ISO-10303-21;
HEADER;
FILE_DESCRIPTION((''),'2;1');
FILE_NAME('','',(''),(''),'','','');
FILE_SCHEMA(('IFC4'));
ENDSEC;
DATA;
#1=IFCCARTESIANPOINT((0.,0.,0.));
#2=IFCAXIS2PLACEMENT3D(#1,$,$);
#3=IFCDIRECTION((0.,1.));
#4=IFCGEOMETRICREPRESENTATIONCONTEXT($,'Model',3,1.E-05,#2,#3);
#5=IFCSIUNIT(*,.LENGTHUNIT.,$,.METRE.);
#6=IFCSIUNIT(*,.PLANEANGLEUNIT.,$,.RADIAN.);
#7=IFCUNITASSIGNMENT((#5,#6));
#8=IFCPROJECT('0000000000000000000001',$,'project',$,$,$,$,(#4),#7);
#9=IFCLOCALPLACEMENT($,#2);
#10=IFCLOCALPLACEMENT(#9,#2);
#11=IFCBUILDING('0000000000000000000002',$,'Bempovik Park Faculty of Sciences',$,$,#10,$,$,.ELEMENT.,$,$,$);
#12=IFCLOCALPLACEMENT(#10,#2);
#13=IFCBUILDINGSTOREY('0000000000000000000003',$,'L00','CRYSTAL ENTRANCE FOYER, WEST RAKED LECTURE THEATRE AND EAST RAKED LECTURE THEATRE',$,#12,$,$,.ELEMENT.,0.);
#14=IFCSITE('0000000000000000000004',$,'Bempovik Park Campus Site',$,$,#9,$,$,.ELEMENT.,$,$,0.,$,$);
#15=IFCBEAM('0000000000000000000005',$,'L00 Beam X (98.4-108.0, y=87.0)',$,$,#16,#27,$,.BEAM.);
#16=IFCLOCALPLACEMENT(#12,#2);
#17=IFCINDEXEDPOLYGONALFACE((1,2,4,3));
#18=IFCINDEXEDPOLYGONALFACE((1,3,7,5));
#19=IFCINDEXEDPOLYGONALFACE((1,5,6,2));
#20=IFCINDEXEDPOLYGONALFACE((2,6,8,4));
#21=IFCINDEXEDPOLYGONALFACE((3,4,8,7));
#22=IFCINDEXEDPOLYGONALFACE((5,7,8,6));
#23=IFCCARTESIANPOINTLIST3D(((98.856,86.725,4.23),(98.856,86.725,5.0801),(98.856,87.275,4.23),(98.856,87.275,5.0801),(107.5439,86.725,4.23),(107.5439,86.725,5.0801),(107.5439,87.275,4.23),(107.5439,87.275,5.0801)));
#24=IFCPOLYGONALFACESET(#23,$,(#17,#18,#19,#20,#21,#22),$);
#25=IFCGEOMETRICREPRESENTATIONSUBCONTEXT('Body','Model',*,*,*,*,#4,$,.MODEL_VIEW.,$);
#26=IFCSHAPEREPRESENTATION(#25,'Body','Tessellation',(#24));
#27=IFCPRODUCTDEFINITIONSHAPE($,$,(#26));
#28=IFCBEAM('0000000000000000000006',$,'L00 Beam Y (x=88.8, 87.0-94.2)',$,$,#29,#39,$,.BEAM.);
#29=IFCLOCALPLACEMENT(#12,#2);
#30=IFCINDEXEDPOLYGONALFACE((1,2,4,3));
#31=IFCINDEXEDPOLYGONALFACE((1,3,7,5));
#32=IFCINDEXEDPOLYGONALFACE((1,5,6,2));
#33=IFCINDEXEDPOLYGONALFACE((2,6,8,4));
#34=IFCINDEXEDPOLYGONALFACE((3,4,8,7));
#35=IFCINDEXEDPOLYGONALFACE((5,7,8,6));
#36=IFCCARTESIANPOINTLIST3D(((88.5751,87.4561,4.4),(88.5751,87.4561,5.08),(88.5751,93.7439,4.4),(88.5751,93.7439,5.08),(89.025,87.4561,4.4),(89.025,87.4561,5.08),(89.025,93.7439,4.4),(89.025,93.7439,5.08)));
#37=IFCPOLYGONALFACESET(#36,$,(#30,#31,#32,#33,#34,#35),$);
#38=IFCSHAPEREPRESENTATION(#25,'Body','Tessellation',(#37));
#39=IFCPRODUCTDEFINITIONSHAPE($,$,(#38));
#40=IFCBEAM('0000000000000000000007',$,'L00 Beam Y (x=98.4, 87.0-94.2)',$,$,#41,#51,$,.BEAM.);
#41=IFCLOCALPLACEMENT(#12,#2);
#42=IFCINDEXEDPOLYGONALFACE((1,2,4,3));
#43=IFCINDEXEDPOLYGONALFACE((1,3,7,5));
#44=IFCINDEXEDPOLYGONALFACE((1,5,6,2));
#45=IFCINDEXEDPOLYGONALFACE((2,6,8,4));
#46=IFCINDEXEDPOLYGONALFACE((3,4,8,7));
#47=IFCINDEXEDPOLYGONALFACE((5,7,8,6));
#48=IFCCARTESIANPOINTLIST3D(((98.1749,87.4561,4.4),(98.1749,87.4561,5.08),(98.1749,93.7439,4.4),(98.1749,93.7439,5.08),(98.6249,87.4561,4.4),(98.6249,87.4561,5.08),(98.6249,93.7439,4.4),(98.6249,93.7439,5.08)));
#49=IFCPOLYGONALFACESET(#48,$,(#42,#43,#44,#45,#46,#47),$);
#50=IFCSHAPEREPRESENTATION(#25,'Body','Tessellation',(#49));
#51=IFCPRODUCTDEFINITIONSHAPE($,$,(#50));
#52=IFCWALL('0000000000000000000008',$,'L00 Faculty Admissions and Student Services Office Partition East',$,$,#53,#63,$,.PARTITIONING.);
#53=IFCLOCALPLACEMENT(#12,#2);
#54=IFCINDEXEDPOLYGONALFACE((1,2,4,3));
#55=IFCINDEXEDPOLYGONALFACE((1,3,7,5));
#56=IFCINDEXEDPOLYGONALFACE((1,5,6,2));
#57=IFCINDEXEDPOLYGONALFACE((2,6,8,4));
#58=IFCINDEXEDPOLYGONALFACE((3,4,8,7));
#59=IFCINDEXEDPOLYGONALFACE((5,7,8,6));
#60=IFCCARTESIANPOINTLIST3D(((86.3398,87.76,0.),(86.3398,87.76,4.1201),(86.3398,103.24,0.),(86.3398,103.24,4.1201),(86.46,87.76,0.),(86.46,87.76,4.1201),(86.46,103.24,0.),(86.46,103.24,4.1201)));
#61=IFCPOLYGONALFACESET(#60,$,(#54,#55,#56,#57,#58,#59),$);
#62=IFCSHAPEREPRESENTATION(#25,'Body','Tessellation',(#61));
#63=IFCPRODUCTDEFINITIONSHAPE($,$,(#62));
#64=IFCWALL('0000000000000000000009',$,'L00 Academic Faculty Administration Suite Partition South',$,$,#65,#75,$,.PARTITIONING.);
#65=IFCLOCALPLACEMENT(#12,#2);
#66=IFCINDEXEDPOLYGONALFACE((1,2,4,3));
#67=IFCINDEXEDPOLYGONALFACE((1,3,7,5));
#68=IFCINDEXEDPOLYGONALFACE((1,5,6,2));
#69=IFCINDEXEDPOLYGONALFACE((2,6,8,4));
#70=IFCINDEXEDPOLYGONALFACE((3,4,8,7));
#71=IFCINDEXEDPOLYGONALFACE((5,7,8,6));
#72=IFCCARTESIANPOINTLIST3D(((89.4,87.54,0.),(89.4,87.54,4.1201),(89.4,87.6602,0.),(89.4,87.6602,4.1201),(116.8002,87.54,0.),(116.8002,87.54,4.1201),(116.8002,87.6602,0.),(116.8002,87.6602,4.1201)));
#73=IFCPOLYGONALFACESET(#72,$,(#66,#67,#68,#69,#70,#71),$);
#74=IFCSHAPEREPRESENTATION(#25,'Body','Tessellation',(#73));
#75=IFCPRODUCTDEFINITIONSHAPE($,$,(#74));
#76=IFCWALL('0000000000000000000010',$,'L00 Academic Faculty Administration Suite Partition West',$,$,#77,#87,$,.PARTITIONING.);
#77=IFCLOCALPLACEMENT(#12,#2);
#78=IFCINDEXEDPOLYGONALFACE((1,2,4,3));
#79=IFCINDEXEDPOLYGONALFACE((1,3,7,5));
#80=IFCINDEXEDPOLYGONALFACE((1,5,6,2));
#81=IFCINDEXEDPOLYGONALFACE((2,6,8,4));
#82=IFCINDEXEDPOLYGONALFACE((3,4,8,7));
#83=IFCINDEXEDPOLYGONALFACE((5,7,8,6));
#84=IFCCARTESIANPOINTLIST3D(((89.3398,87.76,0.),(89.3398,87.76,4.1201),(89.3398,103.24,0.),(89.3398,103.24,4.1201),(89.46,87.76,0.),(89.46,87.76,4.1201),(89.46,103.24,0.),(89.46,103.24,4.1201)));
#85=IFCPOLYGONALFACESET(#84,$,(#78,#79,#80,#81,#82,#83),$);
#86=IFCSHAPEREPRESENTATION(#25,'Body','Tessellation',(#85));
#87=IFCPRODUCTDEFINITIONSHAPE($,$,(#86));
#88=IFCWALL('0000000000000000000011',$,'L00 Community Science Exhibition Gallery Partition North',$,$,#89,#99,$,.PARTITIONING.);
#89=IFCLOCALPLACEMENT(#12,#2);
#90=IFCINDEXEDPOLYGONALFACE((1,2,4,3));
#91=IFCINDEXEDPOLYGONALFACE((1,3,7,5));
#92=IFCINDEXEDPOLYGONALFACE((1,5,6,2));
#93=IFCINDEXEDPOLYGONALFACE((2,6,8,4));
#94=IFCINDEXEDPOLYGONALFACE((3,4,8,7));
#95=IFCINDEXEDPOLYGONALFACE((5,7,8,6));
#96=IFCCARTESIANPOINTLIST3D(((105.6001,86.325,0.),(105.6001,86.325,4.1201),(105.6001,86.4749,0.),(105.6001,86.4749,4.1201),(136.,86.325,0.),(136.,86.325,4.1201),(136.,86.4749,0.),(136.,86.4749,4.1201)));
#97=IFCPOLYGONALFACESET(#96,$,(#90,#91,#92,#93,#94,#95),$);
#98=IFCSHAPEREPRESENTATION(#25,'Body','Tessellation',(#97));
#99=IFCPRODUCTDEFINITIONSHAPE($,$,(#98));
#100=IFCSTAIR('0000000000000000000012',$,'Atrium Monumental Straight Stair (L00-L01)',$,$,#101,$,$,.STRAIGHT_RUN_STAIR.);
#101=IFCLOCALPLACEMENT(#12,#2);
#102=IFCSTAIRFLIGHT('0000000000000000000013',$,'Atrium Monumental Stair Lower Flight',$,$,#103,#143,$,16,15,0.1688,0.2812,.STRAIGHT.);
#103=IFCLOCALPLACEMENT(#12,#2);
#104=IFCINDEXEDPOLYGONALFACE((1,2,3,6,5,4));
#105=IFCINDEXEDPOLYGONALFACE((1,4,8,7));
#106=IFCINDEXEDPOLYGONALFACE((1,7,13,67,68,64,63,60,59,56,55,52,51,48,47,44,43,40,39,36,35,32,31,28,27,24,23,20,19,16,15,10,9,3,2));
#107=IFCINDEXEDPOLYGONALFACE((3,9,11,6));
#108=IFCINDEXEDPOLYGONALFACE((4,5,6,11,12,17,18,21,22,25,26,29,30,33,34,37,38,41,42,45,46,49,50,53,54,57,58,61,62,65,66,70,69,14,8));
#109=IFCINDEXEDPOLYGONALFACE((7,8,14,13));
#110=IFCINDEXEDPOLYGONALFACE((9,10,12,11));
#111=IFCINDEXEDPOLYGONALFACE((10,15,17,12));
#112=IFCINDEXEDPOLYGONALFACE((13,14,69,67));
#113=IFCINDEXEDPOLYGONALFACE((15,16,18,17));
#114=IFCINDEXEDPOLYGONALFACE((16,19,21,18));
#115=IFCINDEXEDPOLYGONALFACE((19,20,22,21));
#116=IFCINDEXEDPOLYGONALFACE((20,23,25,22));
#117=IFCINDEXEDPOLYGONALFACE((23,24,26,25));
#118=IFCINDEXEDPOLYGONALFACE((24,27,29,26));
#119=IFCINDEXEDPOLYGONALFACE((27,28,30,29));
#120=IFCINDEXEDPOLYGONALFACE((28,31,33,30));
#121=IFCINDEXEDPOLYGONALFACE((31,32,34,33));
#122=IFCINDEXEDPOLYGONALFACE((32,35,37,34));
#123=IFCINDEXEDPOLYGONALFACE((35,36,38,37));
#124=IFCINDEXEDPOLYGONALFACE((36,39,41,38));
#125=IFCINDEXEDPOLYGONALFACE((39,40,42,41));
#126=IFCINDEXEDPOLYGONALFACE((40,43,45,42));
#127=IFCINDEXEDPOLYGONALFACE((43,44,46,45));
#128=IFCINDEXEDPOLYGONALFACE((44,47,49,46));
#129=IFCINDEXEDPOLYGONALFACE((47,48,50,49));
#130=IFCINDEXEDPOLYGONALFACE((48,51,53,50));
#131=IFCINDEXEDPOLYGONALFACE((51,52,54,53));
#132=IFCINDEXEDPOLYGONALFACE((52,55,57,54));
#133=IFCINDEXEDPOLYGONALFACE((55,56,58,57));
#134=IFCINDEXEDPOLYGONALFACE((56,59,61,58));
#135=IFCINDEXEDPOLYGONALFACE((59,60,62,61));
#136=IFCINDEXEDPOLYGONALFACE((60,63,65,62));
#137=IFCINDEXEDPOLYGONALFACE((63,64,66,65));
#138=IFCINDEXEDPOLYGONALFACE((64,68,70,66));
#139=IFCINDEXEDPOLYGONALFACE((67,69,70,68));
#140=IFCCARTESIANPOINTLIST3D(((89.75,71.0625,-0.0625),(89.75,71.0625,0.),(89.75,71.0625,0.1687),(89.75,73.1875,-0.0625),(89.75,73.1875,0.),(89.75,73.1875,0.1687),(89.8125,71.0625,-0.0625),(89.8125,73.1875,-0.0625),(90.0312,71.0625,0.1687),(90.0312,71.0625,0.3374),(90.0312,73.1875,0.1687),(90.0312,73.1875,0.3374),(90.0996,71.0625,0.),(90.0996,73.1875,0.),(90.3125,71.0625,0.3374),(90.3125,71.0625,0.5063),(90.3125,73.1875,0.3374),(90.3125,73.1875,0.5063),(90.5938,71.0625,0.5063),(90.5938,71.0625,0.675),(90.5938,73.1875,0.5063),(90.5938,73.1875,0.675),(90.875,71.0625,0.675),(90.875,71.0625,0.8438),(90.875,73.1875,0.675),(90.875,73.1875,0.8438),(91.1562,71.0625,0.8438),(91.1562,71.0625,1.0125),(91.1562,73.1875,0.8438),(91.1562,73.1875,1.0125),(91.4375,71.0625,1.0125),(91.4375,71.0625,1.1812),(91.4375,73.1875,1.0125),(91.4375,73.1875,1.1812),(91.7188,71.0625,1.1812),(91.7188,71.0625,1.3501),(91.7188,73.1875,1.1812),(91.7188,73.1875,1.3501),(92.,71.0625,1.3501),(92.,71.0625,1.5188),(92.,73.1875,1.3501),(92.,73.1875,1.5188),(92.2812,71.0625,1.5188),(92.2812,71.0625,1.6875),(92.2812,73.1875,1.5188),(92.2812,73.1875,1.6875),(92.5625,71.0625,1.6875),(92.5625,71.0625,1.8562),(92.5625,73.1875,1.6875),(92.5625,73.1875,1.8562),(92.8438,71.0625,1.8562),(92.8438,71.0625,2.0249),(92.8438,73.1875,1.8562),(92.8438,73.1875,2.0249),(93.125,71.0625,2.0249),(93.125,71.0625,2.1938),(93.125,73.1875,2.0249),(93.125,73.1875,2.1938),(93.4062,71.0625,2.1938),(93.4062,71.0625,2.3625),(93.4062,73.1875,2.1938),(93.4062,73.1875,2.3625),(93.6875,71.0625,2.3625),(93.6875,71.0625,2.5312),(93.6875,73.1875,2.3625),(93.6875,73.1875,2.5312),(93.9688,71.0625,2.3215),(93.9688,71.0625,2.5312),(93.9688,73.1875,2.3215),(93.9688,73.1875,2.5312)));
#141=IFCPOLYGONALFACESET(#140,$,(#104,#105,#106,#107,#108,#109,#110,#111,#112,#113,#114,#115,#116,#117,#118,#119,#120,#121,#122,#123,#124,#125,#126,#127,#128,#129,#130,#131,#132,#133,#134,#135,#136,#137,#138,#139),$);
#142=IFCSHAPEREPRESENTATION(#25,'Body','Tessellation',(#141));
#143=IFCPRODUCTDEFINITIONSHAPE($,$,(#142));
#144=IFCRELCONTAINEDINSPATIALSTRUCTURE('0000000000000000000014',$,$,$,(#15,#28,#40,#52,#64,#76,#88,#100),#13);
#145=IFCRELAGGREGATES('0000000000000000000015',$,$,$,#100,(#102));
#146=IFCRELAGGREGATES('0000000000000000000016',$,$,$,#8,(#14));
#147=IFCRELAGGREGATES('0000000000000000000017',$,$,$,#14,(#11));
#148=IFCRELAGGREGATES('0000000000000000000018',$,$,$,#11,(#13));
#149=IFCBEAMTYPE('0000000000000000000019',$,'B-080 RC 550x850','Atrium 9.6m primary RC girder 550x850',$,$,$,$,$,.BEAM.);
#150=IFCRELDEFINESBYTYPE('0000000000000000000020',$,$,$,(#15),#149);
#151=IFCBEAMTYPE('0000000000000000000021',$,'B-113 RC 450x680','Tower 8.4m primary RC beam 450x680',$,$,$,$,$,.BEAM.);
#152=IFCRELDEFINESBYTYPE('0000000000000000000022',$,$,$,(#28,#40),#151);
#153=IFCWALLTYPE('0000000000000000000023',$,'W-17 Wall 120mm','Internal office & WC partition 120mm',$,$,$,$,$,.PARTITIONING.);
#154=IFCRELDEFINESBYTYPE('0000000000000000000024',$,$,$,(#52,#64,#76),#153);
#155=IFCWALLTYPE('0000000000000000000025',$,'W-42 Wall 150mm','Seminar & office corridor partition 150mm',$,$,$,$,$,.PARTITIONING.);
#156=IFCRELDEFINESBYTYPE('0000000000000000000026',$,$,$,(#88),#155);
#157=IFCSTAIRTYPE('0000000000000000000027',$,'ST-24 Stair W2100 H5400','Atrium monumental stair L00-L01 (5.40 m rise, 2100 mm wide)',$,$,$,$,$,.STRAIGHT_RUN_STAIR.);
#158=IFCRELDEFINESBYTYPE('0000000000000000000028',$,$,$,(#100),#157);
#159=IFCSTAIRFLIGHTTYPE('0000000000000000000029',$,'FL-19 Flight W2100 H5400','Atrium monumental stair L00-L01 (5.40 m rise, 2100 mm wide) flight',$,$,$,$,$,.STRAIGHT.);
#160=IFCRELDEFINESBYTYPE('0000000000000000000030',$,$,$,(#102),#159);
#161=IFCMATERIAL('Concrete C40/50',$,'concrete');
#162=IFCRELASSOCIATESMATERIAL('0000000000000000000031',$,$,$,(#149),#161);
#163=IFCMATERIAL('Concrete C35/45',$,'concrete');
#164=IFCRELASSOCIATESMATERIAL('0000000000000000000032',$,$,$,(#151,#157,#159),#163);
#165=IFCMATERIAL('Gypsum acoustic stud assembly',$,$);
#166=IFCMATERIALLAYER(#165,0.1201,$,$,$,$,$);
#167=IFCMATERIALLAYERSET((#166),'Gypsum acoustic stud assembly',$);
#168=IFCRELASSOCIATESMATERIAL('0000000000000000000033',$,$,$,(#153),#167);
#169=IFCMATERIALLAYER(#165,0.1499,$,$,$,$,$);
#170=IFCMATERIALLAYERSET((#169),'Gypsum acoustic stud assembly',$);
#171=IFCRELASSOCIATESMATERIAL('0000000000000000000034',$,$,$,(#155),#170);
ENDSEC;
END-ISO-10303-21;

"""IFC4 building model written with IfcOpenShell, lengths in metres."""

from ifc_helpers import new_model, si_unit, direction, frame, frame_2d, origin, origin_2d, place, context, subcontext, project, spatial, polyline, rectangle, outline, extrude, material, layer, layer_set, material_profile, profile_set, type_object, element, aggregate, save


model = new_model("IFC4")

# Units and contexts
model_context = context("Model", 3, precision=1e-05, world=origin(), true_north=direction((0.0, 1.0)))
body_context = subcontext(model_context, "Body", "Model", "MODEL_VIEW")
ifc_project = project(units=[si_unit("LENGTHUNIT", "METRE"), si_unit("PLANEANGLEUNIT", "RADIAN")], contexts=[model_context])

# Site, building, storey
site_placement = place(None, origin())
site = spatial("IfcSite", under=ifc_project, at=site_placement, Name="Bempovik Park Campus Site", CompositionType="ELEMENT", RefElevation=0.0)
building_placement = place(site_placement, origin())
building = spatial("IfcBuilding", under=site, at=building_placement, Name="Bempovik Park Faculty of Sciences", CompositionType="ELEMENT")
storey_placement = place(building_placement, origin())
storey = spatial("IfcBuildingStorey", under=building, at=storey_placement, Name="L00", Description="CRYSTAL ENTRANCE FOYER, WEST RAKED LECTURE THEATRE AND EAST RAKED LECTURE THEATRE", CompositionType="ELEMENT", Elevation=0.0)

# Shared definitions
ifc_material_1 = material(Name="Concrete C35/45", Category="concrete")

# Shared definitions
ifc_material_2 = material(Name="Concrete C40/50", Category="concrete")

# Beams
ifc_material_profile_1 = material_profile(ifc_material_2, rectangle(XDim=0.55, YDim=0.8501, at=origin_2d()), Name="RC 550x850")
ifc_profile_set_1 = profile_set([ifc_material_profile_1], Name="Concrete C40/50")
beam_type_1 = type_object("IfcBeamType", Name="B-080 RC 550x850", Description="Atrium 9.6m primary RC girder 550x850", PredefinedType="BEAM", material=ifc_profile_set_1)
for number, where, z_axis, x_axis, name in (
    (1, (98.856, 87.0, 4.655), (1.0, 0.0, 0.0), (0.0, 1.0, 0.0), "L00 Beam X (98.4-108.0, y=87.0)"),
):
    element("IfcBeam", number, at=place(storey_placement, frame(where, z_axis=z_axis, x_axis=x_axis)), inside=storey, type_object=beam_type_1, Name=name, PredefinedType="BEAM", context=body_context, shape_type="SweptSolid", body=[
        extrude(rectangle(XDim=0.55, YDim=0.8501, at=origin_2d()), origin(), (0.0, 0.0, 1.0), 8.688),
    ])
ifc_material_profile_2 = material_profile(ifc_material_1, rectangle(XDim=0.45, YDim=0.6799, at=origin_2d()), Name="RC 450x680")
ifc_profile_set_2 = profile_set([ifc_material_profile_2], Name="Concrete C35/45")
beam_type_2 = type_object("IfcBeamType", Name="B-113 RC 450x680", Description="Tower 8.4m primary RC beam 450x680", PredefinedType="BEAM", material=ifc_profile_set_2)
for number, where, z_axis, x_axis, name in (
    (2, (88.8, 87.4561, 4.74), (0.0, 1.0, 0.0), (-1.0, 0.0, 0.0), "L00 Beam Y (x=88.8, 87.0-94.2)"),
    (3, (98.3999, 87.4561, 4.74), (0.0, 1.0, 0.0), (-1.0, 0.0, 0.0), "L00 Beam Y (x=98.4, 87.0-94.2)"),
):
    element("IfcBeam", number, at=place(storey_placement, frame(where, z_axis=z_axis, x_axis=x_axis)), inside=storey, type_object=beam_type_2, Name=name, PredefinedType="BEAM", context=body_context, shape_type="SweptSolid", body=[
        extrude(rectangle(XDim=0.45, YDim=0.6799, at=origin_2d()), origin(), (0.0, 0.0, 1.0), 6.2878),
    ])

# Walls
ifc_material_3 = material(Name="Gypsum acoustic stud assembly")
ifc_layer_1 = layer(ifc_material_3, 0.1201)
ifc_layer_set_1 = layer_set([ifc_layer_1], Name="Gypsum acoustic stud assembly")
wall_type_1 = type_object("IfcWallType", Name="W-17 Wall 120mm", Description="Internal office & WC partition 120mm", PredefinedType="PARTITIONING", material=ifc_layer_set_1)
wall_1_placement = place(storey_placement, frame((86.3999, 87.76, 0.0), z_axis=(0.0, 0.0, 1.0), x_axis=(0.0, 1.0, 0.0)))
element("IfcWall", 4, at=wall_1_placement, inside=storey, type_object=wall_type_1, Name="L00 Faculty Admissions and Student Services Office Partition East", PredefinedType="PARTITIONING", context=body_context, shape_type="SweptSolid", body=[
    extrude(rectangle(XDim=15.48, YDim=0.1201, at=frame_2d((7.74, 0.0))), origin(), (0.0, 0.0, 1.0), 4.1201),
])
wall_2_placement = place(storey_placement, frame((89.3999, 87.6001, 0.0), z_axis=(0.0, 0.0, 1.0), x_axis=(1.0, 0.0, 0.0)))
element("IfcWall", 5, at=wall_2_placement, inside=storey, type_object=wall_type_1, Name="L00 Academic Faculty Administration Suite Partition South", PredefinedType="PARTITIONING", context=body_context, shape_type="SweptSolid", body=[
    extrude(rectangle(XDim=27.4001, YDim=0.1201, at=frame_2d((13.7002, 0.0))), origin(), (0.0, 0.0, 1.0), 4.1201),
])
wall_3_placement = place(storey_placement, frame((89.3999, 87.76, 0.0), z_axis=(0.0, 0.0, 1.0), x_axis=(0.0, 1.0, 0.0)))
element("IfcWall", 6, at=wall_3_placement, inside=storey, type_object=wall_type_1, Name="L00 Academic Faculty Administration Suite Partition West", PredefinedType="PARTITIONING", context=body_context, shape_type="SweptSolid", body=[
    extrude(rectangle(XDim=15.48, YDim=0.1201, at=frame_2d((7.74, 0.0))), origin(), (0.0, 0.0, 1.0), 4.1201),
])
ifc_layer_2 = layer(ifc_material_3, 0.1499)
ifc_layer_set_2 = layer_set([ifc_layer_2], Name="Gypsum acoustic stud assembly")
wall_type_2 = type_object("IfcWallType", Name="W-42 Wall 150mm", Description="Seminar & office corridor partition 150mm", PredefinedType="PARTITIONING", material=ifc_layer_set_2)
wall_4_placement = place(storey_placement, frame((105.6001, 86.3999, 0.0), z_axis=(0.0, 0.0, 1.0), x_axis=(1.0, 0.0, 0.0)))
element("IfcWall", 7, at=wall_4_placement, inside=storey, type_object=wall_type_2, Name="L00 Community Science Exhibition Gallery Partition North", PredefinedType="PARTITIONING", context=body_context, shape_type="SweptSolid", body=[
    extrude(rectangle(XDim=30.3999, YDim=0.1499, at=frame_2d((15.2, 0.0))), origin(), (0.0, 0.0, 1.0), 4.1201),
])

# Stair, stair flight
stair_type = type_object("IfcStairType", Name="ST-24 Stair W2100 H5400", Description="Atrium monumental stair L00-L01 (5.40 m rise, 2100 mm wide)", PredefinedType="STRAIGHT_RUN_STAIR", material=ifc_material_1)
stair_placement = place(storey_placement, origin())
stair = element("IfcStair", 8, at=stair_placement, inside=storey, type_object=stair_type, Name="Atrium Monumental Straight Stair (L00-L01)", PredefinedType="STRAIGHT_RUN_STAIR")
stair_flight_type = type_object("IfcStairFlightType", Name="FL-19 Flight W2100 H5400", Description="Atrium monumental stair L00-L01 (5.40 m rise, 2100 mm wide) flight", PredefinedType="STRAIGHT", material=ifc_material_1)
stair_flight_1_placement = place(storey_placement, frame((89.75, 72.125, 0.0), z_axis=(0.0, 0.0, 1.0), x_axis=(1.0, 0.0, 0.0)))
stair_flight_1 = element("IfcStairFlight", 9, at=stair_flight_1_placement, type_object=stair_flight_type, Name="Atrium Monumental Stair Lower Flight", NumberOfRisers=16, NumberOfTreads=15, PredefinedType="STRAIGHT", RiserHeight=0.1688, TreadLength=0.2812, context=body_context, shape_type="SweptSolid", body=[
    extrude(outline(polyline([(0.0, 0.0), (0.0, 0.1687), (0.2812, 0.1687), (0.2812, 0.3374), (0.5625, 0.3374), (0.5625, 0.5063), (0.8438, 0.5063), (0.8438, 0.675), (1.125, 0.675), (1.125, 0.8438), (1.4062, 0.8438), (1.4062, 1.0125), (1.6875, 1.0125), (1.6875, 1.1812), (1.9688, 1.1812), (1.9688, 1.3501), (2.25, 1.3501), (2.25, 1.5188), (2.5312, 1.5188), (2.5312, 1.6875), (2.8125, 1.6875), (2.8125, 1.8562), (3.0938, 1.8562), (3.0938, 2.0249), (3.375, 2.0249), (3.375, 2.1938), (3.6562, 2.1938), (3.6562, 2.3625), (3.9375, 2.3625), (3.9375, 2.5312), (4.2188, 2.5312), (4.2188, 2.7), (4.2188, 2.3215), (0.3496, 0.0), (0.0625, -0.0625), (0.0, -0.0625), (0.0, 0.0)])), frame((0.0, 1.0625, 0.0), z_axis=(0.0, -1.0, 0.0), x_axis=(1.0, 0.0, 0.0)), (0.0, 0.0, 1.0), 2.125),
])
aggregate(stair, [stair_flight_1])

save(model, "model.ifc")
